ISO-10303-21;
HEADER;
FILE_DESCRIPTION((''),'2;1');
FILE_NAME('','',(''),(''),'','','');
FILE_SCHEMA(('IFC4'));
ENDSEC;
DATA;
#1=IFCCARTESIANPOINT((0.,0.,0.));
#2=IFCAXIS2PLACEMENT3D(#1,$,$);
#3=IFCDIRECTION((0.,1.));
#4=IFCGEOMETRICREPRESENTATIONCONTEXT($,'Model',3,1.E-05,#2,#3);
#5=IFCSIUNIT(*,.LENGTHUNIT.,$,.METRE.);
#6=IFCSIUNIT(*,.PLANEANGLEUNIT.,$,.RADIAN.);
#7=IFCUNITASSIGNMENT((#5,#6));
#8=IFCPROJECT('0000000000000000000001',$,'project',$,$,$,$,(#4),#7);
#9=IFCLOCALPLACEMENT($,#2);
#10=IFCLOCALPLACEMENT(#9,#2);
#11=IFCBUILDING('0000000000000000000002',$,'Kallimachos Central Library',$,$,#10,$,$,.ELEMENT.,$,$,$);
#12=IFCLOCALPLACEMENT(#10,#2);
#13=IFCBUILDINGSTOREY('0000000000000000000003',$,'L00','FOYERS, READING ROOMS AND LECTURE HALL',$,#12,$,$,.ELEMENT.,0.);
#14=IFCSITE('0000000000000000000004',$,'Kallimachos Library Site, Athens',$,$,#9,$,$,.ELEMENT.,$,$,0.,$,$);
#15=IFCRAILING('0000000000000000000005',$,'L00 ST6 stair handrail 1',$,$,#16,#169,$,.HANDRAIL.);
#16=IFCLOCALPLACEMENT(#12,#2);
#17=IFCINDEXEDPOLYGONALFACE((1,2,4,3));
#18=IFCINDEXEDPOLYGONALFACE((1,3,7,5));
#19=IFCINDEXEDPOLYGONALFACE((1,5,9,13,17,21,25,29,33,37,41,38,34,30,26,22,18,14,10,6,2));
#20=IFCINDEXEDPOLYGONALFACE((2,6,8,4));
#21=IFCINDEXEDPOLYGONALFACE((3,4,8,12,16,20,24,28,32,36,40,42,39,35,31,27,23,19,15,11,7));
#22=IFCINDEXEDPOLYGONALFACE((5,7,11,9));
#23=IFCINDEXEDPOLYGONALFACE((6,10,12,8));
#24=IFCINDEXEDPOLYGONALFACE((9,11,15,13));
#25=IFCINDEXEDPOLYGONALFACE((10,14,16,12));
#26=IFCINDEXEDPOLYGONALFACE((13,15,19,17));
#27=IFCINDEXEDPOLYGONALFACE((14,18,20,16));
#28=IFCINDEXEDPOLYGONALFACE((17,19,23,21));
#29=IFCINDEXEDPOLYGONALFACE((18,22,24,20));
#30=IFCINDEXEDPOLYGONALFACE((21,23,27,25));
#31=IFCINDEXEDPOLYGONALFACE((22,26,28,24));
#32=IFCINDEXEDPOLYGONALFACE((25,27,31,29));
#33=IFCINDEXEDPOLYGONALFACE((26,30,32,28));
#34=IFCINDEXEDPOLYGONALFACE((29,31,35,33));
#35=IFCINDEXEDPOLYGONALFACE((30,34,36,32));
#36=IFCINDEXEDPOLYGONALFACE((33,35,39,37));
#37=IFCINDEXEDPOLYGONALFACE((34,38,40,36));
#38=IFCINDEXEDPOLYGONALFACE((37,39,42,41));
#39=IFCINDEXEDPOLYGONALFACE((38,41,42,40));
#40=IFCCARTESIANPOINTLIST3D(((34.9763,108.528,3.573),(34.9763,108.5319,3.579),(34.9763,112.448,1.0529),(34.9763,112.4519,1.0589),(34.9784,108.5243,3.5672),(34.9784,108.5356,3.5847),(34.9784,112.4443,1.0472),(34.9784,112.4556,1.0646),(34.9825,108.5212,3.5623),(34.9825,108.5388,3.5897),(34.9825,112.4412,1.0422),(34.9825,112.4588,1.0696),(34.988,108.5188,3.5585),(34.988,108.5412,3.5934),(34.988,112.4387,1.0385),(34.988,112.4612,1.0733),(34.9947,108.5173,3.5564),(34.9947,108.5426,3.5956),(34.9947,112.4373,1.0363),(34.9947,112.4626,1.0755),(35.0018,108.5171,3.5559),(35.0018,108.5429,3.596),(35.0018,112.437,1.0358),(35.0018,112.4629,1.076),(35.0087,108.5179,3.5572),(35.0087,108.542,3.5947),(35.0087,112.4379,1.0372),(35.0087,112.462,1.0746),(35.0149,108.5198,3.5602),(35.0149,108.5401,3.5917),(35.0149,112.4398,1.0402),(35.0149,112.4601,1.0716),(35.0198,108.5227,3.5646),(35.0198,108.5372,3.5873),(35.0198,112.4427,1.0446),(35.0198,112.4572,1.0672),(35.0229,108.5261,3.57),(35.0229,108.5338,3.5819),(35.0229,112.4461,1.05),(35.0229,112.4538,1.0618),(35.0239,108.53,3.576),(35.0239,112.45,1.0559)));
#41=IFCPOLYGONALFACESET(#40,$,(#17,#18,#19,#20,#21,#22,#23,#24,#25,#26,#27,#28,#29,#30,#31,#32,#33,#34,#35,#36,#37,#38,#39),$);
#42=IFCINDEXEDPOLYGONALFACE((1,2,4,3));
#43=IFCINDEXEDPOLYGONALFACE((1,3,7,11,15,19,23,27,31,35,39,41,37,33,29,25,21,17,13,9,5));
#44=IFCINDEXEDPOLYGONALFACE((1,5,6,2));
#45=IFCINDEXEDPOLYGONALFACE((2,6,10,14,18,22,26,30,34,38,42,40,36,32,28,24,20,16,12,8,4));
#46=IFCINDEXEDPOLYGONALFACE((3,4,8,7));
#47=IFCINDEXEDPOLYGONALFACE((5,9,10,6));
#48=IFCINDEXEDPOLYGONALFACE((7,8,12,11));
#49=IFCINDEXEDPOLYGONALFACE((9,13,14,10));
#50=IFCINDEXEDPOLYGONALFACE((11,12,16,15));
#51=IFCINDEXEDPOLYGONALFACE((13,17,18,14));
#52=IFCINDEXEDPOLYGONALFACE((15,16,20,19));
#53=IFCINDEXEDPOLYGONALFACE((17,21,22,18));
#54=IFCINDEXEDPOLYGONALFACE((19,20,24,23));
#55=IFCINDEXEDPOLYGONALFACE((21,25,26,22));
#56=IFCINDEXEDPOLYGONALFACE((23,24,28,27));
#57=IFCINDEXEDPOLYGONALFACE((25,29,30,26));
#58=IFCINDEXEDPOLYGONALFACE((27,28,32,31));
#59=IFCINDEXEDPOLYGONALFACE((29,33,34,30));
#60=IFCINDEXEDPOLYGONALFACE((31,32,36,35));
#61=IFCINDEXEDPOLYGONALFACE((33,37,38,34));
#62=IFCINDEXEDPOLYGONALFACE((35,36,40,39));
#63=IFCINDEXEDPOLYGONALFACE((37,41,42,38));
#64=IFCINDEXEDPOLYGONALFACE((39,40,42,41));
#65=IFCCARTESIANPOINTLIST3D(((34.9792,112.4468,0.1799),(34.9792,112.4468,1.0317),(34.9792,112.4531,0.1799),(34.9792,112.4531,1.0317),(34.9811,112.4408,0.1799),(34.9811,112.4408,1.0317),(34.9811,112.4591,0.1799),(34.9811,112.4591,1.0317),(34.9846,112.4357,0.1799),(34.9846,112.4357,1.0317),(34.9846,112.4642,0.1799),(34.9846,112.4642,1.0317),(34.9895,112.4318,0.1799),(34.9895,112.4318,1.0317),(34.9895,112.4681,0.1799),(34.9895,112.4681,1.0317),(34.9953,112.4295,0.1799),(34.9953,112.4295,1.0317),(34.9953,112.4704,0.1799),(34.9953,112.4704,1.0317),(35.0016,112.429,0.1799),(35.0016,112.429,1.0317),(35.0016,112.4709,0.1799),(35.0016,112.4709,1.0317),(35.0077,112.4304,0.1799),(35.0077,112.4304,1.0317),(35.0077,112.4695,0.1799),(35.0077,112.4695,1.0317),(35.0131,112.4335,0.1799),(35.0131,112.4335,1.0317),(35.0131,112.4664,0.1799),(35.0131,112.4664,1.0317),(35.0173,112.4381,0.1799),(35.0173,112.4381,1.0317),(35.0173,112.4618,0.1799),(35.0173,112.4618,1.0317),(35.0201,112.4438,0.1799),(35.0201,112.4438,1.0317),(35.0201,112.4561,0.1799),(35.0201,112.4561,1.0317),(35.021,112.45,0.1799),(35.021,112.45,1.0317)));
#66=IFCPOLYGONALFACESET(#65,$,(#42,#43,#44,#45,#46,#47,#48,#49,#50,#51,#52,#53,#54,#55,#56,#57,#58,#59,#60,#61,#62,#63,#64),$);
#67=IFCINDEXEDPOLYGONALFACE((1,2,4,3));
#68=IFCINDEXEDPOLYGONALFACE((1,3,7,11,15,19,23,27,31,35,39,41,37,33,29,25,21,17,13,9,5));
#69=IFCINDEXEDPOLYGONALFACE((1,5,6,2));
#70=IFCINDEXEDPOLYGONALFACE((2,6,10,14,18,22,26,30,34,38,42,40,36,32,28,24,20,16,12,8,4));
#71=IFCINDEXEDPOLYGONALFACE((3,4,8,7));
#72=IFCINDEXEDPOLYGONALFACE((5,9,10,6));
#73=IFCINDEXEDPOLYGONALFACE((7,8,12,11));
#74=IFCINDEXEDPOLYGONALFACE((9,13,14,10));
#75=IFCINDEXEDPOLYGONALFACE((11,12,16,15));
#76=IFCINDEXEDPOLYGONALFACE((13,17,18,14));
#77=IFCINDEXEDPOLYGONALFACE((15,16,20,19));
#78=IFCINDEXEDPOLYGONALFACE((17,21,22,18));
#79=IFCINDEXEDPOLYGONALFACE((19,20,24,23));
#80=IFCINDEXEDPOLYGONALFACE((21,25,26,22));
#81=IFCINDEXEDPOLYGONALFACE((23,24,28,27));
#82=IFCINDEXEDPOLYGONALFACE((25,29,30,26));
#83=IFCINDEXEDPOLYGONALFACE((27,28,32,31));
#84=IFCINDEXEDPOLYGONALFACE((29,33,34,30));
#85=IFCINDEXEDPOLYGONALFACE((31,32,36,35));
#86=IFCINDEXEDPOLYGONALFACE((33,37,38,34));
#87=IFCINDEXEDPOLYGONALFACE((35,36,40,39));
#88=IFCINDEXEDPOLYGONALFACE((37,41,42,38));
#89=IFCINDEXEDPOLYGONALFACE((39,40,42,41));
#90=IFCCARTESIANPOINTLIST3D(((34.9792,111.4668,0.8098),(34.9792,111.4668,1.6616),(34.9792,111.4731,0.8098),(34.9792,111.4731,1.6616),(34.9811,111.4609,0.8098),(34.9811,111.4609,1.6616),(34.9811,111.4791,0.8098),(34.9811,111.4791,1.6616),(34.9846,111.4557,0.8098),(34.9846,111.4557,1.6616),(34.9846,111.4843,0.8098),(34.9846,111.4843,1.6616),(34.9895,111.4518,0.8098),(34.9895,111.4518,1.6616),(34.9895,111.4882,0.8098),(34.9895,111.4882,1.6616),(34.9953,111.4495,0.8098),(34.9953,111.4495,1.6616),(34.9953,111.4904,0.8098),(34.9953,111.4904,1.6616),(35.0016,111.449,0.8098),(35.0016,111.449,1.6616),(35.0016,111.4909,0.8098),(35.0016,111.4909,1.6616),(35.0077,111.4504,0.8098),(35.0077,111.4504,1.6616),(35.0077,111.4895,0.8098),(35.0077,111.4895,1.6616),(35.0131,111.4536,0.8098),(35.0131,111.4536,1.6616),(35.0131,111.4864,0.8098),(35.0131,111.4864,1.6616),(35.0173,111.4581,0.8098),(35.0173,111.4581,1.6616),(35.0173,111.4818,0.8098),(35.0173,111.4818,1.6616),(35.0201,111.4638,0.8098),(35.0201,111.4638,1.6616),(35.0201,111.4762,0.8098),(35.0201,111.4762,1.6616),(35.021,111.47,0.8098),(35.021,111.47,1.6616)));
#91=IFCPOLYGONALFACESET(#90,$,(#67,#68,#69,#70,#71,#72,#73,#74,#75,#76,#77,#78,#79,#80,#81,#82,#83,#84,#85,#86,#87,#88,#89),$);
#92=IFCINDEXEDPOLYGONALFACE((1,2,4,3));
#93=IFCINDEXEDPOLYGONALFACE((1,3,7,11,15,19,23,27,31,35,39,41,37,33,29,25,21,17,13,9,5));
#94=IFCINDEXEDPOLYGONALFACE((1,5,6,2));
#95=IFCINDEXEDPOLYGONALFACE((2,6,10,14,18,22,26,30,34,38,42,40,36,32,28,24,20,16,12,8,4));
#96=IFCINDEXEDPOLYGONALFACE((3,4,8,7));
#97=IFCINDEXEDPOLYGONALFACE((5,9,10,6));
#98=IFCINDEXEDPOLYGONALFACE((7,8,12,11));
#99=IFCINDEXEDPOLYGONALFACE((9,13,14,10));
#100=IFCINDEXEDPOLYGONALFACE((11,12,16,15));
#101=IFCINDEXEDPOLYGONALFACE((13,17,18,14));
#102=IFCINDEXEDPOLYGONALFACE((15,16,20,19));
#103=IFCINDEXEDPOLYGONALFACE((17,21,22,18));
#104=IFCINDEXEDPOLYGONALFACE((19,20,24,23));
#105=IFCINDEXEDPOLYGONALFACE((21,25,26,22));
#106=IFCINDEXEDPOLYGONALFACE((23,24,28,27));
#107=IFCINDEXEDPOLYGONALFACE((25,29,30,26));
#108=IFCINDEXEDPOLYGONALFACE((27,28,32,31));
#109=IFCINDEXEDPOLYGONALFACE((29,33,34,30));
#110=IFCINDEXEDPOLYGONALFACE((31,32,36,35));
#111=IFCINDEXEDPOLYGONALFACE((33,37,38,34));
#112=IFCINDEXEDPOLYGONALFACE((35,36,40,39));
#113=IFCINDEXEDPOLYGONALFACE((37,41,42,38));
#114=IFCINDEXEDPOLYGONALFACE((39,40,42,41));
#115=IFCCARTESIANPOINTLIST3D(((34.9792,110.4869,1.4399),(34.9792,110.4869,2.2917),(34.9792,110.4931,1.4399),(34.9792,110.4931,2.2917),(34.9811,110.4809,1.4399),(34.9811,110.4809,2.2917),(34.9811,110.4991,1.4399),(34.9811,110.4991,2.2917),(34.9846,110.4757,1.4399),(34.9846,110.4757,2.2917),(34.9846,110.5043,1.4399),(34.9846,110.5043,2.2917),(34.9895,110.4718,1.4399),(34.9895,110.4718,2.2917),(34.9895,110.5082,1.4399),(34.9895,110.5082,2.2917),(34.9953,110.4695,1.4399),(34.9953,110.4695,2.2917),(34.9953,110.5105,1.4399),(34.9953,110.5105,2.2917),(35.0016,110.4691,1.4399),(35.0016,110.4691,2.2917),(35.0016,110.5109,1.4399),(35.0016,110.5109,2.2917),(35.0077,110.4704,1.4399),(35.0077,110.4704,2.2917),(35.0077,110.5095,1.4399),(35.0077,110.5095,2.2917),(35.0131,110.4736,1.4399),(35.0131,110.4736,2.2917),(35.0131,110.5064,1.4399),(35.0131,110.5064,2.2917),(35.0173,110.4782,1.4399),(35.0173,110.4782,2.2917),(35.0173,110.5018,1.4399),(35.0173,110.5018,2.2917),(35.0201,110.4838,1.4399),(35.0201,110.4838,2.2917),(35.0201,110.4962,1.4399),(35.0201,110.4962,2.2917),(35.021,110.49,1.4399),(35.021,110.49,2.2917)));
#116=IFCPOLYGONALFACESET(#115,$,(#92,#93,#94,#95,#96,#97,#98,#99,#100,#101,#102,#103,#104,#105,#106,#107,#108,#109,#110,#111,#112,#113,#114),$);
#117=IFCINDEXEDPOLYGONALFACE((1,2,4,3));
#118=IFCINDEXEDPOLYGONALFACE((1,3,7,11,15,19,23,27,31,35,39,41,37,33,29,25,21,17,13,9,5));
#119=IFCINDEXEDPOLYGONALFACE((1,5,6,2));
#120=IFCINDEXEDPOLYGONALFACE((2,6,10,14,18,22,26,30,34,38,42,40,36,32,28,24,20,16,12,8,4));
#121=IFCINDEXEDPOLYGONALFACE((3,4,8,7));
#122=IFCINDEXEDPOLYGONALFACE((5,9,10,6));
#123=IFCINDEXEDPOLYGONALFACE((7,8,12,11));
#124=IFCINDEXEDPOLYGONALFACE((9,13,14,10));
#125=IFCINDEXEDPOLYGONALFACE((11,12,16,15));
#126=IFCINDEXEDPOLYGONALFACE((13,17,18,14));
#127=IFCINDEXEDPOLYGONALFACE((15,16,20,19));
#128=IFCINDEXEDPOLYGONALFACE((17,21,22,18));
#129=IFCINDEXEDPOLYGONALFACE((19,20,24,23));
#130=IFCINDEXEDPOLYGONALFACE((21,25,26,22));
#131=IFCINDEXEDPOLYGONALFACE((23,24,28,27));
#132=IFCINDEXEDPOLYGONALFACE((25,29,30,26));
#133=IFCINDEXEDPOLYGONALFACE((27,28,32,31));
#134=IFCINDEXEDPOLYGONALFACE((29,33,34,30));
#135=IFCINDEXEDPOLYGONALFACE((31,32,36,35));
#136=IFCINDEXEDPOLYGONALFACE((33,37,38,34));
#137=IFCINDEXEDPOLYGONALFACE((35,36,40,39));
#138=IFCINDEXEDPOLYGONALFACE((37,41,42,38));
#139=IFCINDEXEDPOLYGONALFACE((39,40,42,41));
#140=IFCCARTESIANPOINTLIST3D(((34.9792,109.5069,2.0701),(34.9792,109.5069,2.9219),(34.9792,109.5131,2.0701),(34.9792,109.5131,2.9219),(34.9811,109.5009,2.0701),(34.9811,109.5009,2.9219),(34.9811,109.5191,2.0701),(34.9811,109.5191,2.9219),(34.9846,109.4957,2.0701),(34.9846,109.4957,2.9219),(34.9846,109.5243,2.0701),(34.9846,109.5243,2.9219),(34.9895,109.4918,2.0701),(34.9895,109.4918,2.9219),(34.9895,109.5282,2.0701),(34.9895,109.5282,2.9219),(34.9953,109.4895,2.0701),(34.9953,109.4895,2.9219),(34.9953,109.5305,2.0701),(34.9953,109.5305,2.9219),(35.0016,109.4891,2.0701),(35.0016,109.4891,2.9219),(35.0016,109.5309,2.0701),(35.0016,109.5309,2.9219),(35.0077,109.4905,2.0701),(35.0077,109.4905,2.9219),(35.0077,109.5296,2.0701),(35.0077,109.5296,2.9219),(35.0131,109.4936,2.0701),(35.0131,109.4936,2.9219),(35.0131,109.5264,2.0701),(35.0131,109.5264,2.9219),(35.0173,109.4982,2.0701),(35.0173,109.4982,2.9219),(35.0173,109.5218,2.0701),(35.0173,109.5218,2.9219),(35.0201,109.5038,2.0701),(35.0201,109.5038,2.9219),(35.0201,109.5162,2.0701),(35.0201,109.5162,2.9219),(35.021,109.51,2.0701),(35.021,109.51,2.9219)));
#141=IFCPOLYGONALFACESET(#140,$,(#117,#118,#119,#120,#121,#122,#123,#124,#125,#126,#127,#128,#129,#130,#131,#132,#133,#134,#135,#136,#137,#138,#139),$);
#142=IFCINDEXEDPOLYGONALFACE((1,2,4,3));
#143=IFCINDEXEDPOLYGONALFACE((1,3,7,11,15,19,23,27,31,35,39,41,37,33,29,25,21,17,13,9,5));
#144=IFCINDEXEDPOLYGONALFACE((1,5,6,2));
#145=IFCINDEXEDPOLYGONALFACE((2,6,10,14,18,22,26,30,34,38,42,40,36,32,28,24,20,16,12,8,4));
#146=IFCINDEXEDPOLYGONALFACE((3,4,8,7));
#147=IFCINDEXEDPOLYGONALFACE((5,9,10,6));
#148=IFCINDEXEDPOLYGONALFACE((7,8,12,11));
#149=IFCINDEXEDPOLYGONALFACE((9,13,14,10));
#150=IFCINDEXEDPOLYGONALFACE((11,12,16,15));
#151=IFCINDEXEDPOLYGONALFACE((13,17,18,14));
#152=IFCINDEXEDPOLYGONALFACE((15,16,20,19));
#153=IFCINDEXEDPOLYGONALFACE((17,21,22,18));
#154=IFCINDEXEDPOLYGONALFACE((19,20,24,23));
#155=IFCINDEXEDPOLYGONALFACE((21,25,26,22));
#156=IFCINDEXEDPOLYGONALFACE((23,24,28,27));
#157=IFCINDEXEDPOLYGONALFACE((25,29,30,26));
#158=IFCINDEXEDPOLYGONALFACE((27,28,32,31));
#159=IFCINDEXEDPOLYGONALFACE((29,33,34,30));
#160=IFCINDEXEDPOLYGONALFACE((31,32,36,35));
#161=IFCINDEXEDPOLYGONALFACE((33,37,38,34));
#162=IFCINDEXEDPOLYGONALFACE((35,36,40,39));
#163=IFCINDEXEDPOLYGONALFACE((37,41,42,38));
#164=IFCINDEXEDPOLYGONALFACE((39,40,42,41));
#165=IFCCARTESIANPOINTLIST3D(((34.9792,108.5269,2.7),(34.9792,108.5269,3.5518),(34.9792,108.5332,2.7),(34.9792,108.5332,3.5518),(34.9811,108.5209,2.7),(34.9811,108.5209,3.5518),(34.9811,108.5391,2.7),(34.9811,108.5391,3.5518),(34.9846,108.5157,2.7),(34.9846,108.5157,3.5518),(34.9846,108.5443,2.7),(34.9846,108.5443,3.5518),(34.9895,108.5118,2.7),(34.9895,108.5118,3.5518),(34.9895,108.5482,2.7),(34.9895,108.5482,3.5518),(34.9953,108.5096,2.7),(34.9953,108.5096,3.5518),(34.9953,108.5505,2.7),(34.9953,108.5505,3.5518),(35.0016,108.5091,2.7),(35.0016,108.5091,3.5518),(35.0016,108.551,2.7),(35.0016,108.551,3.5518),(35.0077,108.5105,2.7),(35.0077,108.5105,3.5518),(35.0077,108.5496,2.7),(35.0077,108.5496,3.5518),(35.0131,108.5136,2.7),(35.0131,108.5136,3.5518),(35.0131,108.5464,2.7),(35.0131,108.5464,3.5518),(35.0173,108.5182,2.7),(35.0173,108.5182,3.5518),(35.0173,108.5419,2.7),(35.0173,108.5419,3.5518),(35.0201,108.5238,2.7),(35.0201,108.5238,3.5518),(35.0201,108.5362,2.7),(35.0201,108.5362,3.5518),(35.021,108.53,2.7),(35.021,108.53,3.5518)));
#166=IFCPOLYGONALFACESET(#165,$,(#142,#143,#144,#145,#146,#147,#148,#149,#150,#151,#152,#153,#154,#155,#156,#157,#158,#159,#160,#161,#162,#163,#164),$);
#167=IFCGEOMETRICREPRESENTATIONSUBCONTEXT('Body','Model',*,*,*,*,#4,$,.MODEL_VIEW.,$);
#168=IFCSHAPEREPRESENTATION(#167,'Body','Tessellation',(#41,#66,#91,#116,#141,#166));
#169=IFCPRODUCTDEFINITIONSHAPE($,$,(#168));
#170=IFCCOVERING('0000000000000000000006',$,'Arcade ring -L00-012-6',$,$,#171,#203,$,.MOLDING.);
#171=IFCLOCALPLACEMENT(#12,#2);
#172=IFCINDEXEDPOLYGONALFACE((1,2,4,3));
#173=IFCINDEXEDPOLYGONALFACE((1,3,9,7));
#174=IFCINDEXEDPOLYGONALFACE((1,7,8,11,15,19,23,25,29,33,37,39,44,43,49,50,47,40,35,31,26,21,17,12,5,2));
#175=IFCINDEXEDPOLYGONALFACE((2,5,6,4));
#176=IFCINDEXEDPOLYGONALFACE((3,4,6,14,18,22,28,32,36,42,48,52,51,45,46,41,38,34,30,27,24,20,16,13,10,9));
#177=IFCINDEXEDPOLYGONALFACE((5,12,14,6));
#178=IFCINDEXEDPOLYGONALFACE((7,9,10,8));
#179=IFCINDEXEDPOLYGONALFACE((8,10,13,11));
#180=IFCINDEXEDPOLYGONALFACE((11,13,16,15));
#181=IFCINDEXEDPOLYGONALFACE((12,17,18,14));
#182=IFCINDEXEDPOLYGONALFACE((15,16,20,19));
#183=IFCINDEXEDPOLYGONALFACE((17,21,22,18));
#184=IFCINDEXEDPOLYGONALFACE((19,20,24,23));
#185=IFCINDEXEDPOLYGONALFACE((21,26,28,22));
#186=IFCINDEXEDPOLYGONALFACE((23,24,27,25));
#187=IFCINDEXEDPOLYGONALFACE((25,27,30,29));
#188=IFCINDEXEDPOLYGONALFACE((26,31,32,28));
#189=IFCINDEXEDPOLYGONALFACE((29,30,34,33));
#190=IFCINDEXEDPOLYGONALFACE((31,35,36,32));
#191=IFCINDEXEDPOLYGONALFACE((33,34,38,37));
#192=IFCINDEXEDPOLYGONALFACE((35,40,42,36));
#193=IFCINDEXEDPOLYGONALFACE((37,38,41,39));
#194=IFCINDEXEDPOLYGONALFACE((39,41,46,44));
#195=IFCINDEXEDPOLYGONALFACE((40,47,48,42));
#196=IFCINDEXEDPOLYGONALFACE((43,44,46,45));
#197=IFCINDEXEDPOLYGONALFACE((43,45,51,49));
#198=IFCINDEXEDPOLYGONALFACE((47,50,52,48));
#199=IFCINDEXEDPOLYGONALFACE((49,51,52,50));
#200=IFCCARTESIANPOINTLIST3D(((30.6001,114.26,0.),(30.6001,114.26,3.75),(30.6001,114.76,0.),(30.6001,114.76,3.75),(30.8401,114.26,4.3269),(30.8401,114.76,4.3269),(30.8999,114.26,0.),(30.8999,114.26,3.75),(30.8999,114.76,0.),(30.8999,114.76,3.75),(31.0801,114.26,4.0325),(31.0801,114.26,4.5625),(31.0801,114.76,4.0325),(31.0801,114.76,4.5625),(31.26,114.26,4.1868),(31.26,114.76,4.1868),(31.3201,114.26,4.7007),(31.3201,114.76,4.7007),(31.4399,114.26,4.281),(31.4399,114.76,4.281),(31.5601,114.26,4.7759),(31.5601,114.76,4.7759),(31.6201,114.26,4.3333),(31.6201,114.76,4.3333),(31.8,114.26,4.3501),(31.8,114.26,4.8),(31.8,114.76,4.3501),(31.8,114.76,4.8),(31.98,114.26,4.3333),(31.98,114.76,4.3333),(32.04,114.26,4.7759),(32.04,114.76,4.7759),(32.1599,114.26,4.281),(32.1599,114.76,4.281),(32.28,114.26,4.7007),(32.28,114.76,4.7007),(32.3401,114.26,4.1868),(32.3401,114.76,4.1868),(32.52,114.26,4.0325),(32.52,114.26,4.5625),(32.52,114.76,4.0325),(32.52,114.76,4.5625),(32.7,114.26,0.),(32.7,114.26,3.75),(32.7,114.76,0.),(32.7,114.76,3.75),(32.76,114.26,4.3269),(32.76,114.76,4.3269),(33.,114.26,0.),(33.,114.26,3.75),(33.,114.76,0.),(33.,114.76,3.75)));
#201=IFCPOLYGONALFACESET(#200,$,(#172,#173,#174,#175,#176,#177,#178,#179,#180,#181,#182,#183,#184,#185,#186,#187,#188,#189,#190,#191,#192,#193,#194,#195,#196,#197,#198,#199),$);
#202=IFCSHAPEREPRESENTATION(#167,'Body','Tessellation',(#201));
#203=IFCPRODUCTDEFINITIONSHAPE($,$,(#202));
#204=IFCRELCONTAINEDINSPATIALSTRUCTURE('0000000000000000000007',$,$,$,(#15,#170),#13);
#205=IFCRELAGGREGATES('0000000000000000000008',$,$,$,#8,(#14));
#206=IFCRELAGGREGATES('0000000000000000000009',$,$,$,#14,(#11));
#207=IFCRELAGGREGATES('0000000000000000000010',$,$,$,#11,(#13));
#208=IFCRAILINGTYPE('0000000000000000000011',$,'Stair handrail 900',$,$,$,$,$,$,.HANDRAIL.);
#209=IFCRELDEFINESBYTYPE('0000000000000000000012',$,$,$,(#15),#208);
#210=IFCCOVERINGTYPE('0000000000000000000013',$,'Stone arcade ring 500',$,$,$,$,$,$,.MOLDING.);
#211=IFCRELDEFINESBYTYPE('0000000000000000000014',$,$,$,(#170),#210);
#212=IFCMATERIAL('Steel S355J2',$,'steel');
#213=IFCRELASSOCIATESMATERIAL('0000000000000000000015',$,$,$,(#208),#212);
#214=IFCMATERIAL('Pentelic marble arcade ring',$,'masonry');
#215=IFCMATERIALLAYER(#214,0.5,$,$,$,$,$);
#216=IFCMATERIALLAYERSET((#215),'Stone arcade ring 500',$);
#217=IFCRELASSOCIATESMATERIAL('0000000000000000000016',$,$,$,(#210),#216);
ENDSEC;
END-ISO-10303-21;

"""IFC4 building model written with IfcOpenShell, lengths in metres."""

from ifc_helpers import new_model, si_unit, direction, frame, origin, origin_2d, place, context, subcontext, project, spatial, polyline, circle, outline, extrude, material, layer, layer_set, type_object, element, save


model = new_model("IFC4")

# Units and contexts
model_context = context("Model", 3, precision=1e-05, world=origin(), true_north=direction((0.0, 1.0)))
body_context = subcontext(model_context, "Body", "Model", "MODEL_VIEW")
ifc_project = project(units=[si_unit("LENGTHUNIT", "METRE"), si_unit("PLANEANGLEUNIT", "RADIAN")], contexts=[model_context])

# Site, building, storey
site_placement = place(None, origin())
site = spatial("IfcSite", under=ifc_project, at=site_placement, Name="Kallimachos Library Site, Athens", CompositionType="ELEMENT", RefElevation=0.0)
building_placement = place(site_placement, origin())
building = spatial("IfcBuilding", under=site, at=building_placement, Name="Kallimachos Central Library", CompositionType="ELEMENT")
storey_placement = place(building_placement, origin())
storey = spatial("IfcBuildingStorey", under=building, at=storey_placement, Name="L00", Description="FOYERS, READING ROOMS AND LECTURE HALL", CompositionType="ELEMENT", Elevation=0.0)

# Railing
ifc_material_1 = material(Name="Steel S355J2", Category="steel")
railing_type_1 = type_object("IfcRailingType", Name="Stair handrail 900", PredefinedType="HANDRAIL", material=ifc_material_1)
railing_1_placement = place(storey_placement, frame((35.0, 112.45, 0.1799)))
element("IfcRailing", 1, at=railing_1_placement, inside=storey, type_object=railing_type_1, Name="L00 ST6 stair handrail 1", PredefinedType="HANDRAIL", context=body_context, shape_type="SweptSolid", body=[
    extrude(circle(Radius=0.0239, at=origin_2d()), frame((0.0, 0.0, 0.876), z_axis=(0.0, -0.841172, 0.540768), x_axis=(1.0, 0.0, 0.0)), (0.0, 0.0, 1.0), 4.6602),
    extrude(circle(Radius=0.021, at=origin_2d()), origin(), (0.0, 0.0, 1.0), 0.8518),
    extrude(circle(Radius=0.021, at=origin_2d()), frame((0.0, -0.98, 0.6299)), (0.0, 0.0, 1.0), 0.8518),
    extrude(circle(Radius=0.021, at=origin_2d()), frame((0.0, -1.96, 1.26)), (0.0, 0.0, 1.0), 0.8518),
    extrude(circle(Radius=0.021, at=origin_2d()), frame((0.0, -2.9399, 1.8901)), (0.0, 0.0, 1.0), 0.8518),
    extrude(circle(Radius=0.021, at=origin_2d()), frame((0.0, -3.9199, 2.52)), (0.0, 0.0, 1.0), 0.8518),
])

# Covering
ifc_material_2 = material(Name="Pentelic marble arcade ring", Category="masonry")
ifc_layer_1 = layer(ifc_material_2, 0.5)
ifc_layer_set_1 = layer_set([ifc_layer_1], Name="Stone arcade ring 500")
covering_type_1 = type_object("IfcCoveringType", Name="Stone arcade ring 500", PredefinedType="MOLDING", material=ifc_layer_set_1)
covering_1_placement = place(storey_placement, frame((30.6001, 114.76, 0.0), z_axis=(0.0, 1.0, 0.0), x_axis=(0.0, 0.0, 1.0)))
element("IfcCovering", 2, at=covering_1_placement, inside=storey, type_object=covering_type_1, Name="Arcade ring -L00-012-6", PredefinedType="MOLDING", context=body_context, shape_type="SweptSolid", body=[
    extrude(outline(polyline([(0.0, 0.0), (3.75, 0.0), (4.3269, 0.24), (4.5625, 0.48), (4.7007, 0.72), (4.7759, 0.96), (4.8, 1.2), (4.7759, 1.4399), (4.7007, 1.6799), (4.5625, 1.9199), (4.3269, 2.1599), (3.75, 2.3999), (0.0, 2.3999), (0.0, 2.0999), (3.75, 2.0999), (4.0325, 1.9199), (4.1868, 1.74), (4.281, 1.5598), (4.3333, 1.3799), (4.3501, 1.2), (4.3333, 1.02), (4.281, 0.8398), (4.1868, 0.6599), (4.0325, 0.48), (3.75, 0.2998), (0.0, 0.2998), (0.0, 0.0)])), origin(), (0.0, 0.0, -1.0), 0.5),
])

save(model, "model.ifc")
